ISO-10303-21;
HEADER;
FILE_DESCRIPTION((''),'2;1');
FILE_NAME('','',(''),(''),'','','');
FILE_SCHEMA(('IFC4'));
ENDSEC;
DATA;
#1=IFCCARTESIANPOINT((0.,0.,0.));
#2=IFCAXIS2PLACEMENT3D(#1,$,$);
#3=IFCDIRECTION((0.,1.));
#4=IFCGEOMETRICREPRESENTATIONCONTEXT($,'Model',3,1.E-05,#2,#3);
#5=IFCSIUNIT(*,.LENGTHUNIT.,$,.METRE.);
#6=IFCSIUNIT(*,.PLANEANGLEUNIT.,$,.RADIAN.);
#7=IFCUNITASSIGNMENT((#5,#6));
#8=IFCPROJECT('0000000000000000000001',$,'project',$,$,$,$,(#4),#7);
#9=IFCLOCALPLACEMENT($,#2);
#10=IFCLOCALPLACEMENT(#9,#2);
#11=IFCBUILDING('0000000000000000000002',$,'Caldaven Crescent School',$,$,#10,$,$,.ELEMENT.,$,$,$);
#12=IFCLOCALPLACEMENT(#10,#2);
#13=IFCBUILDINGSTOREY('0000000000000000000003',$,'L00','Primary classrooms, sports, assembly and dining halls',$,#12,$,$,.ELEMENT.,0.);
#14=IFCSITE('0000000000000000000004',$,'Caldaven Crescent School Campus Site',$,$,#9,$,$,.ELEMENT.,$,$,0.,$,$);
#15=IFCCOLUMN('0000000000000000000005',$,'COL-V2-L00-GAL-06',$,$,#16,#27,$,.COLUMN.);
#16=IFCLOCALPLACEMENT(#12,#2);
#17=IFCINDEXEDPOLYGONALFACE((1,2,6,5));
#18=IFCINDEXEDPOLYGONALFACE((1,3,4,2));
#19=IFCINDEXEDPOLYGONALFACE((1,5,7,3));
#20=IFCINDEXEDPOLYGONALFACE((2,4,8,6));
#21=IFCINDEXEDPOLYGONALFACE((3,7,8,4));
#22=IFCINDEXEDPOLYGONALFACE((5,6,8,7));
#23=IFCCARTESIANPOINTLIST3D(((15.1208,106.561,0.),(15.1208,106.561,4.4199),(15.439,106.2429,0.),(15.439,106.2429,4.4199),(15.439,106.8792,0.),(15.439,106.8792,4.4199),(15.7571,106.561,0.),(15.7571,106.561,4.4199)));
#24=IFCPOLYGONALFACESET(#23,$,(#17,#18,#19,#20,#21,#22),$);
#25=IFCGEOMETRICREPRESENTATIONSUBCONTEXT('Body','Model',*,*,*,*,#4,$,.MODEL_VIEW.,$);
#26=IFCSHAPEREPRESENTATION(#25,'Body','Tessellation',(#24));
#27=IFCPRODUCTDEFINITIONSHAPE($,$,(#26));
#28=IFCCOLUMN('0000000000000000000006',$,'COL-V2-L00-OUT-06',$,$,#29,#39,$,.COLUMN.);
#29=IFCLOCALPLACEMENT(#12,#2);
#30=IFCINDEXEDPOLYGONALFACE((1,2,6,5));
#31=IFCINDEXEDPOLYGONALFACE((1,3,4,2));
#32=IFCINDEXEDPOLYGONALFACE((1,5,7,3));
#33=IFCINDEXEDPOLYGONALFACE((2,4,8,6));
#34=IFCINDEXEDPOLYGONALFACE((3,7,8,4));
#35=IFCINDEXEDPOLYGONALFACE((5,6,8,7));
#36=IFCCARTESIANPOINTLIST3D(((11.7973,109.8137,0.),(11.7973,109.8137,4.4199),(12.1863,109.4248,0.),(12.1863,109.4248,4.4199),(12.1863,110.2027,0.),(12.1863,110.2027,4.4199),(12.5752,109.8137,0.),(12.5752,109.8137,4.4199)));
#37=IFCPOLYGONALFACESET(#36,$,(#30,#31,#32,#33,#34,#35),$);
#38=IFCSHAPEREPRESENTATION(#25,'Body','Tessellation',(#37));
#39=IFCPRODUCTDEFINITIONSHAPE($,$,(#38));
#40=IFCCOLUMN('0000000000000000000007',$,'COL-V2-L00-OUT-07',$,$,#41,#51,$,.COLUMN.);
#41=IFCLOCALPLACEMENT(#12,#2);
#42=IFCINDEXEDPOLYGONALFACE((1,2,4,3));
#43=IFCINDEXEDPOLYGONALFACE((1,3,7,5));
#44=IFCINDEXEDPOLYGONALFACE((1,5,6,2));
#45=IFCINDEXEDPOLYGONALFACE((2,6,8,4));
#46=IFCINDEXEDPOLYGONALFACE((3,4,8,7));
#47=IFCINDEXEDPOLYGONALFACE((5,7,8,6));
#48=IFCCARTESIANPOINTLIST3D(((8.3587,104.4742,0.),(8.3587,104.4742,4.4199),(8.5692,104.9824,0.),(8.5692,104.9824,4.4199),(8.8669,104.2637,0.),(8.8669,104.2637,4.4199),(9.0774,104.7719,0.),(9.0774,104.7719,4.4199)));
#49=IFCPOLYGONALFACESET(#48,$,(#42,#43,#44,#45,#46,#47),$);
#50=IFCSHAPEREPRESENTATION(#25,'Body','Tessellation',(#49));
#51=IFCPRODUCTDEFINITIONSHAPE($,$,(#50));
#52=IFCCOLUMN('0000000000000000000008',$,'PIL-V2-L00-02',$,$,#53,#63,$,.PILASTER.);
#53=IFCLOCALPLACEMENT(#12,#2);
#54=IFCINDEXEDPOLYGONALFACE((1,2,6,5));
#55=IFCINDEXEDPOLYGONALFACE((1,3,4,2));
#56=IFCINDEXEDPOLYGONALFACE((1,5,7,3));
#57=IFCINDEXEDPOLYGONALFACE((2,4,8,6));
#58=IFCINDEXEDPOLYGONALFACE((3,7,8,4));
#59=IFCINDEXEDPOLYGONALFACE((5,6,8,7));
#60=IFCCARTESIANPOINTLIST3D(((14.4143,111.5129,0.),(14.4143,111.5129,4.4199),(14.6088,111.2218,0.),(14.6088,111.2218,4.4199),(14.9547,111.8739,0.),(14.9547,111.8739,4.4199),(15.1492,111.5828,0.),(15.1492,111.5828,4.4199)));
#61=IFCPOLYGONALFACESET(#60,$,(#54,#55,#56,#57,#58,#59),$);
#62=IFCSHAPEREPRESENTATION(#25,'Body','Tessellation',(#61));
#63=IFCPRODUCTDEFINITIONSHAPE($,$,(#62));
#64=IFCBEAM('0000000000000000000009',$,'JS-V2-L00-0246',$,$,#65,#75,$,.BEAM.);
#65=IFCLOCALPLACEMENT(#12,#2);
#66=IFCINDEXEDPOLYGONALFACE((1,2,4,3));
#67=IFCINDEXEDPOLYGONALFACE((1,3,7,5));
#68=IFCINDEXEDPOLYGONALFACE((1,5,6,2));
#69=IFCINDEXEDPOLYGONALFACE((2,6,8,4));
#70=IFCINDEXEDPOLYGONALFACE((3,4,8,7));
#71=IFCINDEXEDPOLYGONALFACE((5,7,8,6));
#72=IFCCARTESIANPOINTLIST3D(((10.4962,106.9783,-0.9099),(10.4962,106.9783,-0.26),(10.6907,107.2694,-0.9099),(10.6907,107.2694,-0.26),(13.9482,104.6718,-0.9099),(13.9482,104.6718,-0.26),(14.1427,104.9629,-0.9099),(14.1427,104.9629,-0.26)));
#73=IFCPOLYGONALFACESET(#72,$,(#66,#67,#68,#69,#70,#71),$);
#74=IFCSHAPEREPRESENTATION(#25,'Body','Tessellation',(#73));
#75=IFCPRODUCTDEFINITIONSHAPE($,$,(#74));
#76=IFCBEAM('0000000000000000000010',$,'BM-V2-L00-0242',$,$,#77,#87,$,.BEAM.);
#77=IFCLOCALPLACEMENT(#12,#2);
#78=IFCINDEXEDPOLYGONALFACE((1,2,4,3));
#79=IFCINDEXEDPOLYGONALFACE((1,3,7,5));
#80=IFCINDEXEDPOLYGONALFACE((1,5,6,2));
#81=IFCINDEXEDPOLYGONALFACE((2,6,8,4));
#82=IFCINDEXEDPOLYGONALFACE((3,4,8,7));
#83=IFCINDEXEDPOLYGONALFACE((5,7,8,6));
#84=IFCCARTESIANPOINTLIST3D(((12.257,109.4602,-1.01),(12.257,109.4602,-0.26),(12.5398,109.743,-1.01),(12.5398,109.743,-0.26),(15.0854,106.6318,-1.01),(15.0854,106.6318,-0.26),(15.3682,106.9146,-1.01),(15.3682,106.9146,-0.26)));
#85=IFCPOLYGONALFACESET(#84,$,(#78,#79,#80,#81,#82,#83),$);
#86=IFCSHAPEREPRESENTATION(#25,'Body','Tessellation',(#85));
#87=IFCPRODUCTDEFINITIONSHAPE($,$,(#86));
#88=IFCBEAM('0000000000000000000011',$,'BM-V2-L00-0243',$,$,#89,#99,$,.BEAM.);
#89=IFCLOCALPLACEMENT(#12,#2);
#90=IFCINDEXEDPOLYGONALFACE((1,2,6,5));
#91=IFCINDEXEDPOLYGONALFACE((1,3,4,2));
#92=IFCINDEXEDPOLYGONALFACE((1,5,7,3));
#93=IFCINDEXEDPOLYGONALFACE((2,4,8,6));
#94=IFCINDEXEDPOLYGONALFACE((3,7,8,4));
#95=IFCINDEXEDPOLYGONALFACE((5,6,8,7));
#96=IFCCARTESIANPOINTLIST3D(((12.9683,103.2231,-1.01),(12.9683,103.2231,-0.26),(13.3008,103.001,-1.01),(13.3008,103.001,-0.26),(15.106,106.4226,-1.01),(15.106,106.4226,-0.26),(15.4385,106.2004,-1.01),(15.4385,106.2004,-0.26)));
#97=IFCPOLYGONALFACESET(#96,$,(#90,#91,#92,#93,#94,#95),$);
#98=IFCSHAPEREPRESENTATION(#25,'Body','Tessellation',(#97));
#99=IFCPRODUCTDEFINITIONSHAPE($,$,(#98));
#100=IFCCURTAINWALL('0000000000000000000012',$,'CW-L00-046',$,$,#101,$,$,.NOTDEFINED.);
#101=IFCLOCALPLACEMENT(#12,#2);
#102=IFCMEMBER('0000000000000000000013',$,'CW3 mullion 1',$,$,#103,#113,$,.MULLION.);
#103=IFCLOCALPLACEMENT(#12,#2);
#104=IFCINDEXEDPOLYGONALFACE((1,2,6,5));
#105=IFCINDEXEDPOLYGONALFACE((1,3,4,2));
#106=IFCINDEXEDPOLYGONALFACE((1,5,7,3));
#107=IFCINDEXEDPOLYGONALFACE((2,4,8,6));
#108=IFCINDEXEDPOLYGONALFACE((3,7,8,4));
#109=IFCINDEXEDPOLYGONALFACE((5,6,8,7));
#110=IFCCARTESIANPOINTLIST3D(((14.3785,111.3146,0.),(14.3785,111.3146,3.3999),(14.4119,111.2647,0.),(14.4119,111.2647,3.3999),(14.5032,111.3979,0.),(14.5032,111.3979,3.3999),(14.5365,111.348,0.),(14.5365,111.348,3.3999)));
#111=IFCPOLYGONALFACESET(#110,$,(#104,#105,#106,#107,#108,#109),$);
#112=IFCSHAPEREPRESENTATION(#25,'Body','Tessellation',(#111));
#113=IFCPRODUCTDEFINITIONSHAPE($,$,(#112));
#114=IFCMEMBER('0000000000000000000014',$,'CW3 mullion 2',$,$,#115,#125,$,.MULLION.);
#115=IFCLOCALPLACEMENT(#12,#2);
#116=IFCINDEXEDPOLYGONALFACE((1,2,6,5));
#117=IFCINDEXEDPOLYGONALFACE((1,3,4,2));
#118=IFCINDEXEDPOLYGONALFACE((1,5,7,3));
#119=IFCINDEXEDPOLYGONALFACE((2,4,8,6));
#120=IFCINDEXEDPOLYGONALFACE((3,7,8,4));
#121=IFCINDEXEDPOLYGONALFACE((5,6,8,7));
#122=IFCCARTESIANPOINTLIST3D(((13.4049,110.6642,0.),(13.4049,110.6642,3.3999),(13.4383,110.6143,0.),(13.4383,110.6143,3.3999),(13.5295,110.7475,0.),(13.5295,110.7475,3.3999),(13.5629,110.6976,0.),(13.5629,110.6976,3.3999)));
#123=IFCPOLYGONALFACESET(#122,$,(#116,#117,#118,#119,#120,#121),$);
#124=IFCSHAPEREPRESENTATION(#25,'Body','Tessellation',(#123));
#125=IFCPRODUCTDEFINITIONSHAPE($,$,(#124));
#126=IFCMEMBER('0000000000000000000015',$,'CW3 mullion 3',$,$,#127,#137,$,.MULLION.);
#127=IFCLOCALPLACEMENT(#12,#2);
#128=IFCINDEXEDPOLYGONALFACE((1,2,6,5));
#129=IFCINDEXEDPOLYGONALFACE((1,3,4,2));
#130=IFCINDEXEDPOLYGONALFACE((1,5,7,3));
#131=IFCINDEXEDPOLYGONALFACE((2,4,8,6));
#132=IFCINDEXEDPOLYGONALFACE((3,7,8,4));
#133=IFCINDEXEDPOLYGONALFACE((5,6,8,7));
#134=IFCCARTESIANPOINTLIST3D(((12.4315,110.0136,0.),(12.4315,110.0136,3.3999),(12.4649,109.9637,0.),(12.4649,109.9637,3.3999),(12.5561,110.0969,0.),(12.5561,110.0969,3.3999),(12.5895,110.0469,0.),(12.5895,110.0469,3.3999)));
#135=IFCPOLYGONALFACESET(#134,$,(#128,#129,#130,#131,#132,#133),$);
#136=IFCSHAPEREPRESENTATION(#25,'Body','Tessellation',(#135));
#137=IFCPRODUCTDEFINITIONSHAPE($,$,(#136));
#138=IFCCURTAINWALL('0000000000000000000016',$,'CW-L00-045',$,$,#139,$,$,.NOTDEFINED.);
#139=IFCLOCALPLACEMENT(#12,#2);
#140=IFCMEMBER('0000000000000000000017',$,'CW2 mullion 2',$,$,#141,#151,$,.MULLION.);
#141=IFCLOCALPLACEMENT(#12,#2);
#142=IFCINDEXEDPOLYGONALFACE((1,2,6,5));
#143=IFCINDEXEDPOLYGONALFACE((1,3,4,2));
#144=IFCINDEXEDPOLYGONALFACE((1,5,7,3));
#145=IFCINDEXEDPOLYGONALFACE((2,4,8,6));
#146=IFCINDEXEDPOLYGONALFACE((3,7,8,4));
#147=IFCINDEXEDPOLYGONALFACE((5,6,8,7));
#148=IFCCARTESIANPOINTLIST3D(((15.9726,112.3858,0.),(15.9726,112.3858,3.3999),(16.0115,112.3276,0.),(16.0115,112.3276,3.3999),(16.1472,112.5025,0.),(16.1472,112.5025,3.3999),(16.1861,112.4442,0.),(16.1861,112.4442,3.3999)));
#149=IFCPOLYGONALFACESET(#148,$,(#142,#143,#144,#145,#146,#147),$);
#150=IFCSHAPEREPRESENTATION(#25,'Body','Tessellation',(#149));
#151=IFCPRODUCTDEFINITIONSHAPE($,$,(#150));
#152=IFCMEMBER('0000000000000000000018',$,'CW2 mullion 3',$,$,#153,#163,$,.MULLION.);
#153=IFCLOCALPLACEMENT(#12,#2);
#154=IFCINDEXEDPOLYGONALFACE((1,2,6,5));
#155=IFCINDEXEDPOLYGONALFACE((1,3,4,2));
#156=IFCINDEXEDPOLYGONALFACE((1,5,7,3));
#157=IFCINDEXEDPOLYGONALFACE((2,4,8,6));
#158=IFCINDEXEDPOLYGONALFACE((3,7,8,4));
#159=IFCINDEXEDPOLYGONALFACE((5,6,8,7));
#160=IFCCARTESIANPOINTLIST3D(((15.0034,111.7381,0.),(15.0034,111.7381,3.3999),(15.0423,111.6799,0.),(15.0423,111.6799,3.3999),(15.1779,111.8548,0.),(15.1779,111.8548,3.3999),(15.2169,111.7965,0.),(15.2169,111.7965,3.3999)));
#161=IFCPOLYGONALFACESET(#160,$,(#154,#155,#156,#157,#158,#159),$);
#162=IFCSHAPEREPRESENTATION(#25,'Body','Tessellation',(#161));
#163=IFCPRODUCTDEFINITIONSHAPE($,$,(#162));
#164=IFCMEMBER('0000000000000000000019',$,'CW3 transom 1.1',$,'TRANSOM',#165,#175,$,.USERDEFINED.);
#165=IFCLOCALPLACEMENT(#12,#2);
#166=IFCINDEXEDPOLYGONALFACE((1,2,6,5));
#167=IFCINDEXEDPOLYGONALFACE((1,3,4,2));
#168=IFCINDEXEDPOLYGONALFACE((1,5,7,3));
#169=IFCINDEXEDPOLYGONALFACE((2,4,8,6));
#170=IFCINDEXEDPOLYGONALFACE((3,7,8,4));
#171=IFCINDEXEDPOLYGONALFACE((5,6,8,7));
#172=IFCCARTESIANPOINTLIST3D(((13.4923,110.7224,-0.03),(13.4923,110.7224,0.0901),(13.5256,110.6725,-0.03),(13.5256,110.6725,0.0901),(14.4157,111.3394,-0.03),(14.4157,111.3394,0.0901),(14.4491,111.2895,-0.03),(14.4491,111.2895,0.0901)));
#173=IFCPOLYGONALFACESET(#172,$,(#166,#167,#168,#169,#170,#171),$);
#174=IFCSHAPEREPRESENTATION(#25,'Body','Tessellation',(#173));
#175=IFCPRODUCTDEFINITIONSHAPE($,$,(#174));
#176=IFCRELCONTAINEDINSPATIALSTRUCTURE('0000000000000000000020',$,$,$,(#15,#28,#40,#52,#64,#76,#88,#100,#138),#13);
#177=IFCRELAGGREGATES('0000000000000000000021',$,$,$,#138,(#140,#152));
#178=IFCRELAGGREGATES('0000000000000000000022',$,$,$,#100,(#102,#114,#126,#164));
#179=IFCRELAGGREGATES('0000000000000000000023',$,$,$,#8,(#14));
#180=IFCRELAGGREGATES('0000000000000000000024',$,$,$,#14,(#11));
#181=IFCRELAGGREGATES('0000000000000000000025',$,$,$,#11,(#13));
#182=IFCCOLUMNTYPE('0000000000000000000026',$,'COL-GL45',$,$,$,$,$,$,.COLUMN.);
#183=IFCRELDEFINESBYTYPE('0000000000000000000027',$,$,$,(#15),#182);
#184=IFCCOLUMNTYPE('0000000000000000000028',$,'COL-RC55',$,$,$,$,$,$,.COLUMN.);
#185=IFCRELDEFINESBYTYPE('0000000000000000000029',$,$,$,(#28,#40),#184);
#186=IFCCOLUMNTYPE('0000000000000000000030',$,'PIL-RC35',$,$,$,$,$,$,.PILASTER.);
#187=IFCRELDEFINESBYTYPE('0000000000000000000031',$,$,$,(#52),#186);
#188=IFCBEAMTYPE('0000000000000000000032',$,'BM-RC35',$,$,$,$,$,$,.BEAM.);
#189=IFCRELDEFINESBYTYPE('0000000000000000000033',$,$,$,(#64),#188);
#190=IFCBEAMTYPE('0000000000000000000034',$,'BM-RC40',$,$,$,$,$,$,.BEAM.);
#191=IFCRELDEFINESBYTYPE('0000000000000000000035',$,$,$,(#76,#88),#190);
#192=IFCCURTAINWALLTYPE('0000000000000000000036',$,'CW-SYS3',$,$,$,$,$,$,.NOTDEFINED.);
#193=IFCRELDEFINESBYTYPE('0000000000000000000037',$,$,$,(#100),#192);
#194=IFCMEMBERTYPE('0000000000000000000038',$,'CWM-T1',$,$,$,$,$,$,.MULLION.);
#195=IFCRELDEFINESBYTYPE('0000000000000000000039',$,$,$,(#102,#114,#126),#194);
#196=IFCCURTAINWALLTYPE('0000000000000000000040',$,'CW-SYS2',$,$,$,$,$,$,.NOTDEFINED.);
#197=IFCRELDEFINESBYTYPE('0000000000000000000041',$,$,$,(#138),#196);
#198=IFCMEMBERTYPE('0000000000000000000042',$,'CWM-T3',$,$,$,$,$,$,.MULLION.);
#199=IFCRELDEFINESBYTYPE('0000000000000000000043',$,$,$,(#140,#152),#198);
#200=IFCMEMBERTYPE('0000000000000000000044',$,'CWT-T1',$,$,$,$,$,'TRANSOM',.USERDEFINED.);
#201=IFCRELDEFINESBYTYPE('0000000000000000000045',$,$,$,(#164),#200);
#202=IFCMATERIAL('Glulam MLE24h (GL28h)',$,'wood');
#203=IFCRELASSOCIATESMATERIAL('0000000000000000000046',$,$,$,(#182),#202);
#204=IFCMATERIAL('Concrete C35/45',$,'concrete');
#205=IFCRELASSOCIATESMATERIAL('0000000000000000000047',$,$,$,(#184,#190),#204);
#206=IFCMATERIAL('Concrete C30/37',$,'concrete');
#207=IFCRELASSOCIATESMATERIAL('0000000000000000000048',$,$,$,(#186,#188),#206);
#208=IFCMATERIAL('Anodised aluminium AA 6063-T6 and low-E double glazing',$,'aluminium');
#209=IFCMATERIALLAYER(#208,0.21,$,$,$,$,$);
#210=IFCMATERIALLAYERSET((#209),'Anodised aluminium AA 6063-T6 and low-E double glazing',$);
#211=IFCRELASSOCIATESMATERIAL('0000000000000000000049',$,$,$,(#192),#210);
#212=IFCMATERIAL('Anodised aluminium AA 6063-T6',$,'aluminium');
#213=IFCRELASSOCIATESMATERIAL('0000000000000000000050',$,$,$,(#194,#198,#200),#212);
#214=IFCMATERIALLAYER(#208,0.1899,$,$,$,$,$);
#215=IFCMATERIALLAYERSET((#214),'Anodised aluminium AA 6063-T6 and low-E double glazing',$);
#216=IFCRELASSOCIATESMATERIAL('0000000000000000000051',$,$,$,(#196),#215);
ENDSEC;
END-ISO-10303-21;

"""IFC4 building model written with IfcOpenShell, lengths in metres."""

from ifc_helpers import new_model, si_unit, direction, frame, origin, origin_2d, place, context, subcontext, project, spatial, rectangle, extrude, material, layer, layer_set, material_profile, profile_set, type_object, element, aggregate, save


model = new_model("IFC4")

# Units and contexts
model_context = context("Model", 3, precision=1e-05, world=origin(), true_north=direction((0.0, 1.0)))
body_context = subcontext(model_context, "Body", "Model", "MODEL_VIEW")
ifc_project = project(units=[si_unit("LENGTHUNIT", "METRE"), si_unit("PLANEANGLEUNIT", "RADIAN")], contexts=[model_context])

# Site, building, storey
site_placement = place(None, origin())
site = spatial("IfcSite", under=ifc_project, at=site_placement, Name="Caldaven Crescent School Campus Site", CompositionType="ELEMENT", RefElevation=0.0)
building_placement = place(site_placement, origin())
building = spatial("IfcBuilding", under=site, at=building_placement, Name="Caldaven Crescent School", CompositionType="ELEMENT")
storey_placement = place(building_placement, origin())
storey = spatial("IfcBuildingStorey", under=building, at=storey_placement, Name="L00", Description="Primary classrooms, sports, assembly and dining halls", CompositionType="ELEMENT", Elevation=0.0)

# Columns
ifc_material_1 = material(Name="Glulam MLE24h (GL28h)", Category="wood")
ifc_material_profile_1 = material_profile(ifc_material_1, rectangle(XDim=0.45, YDim=0.45, at=origin_2d()), Name="MLE 450x450")
ifc_profile_set_1 = profile_set([ifc_material_profile_1], Name="Glulam MLE24h (GL28h)")
column_type_1 = type_object("IfcColumnType", Name="COL-GL45", PredefinedType="COLUMN", material=ifc_profile_set_1)
column_1_placement = place(storey_placement, frame((15.439, 106.561, 0.0), z_axis=(0.0, 0.0, 1.0), x_axis=(-0.707107, 0.707107, 0.0)))
element("IfcColumn", 1, at=column_1_placement, inside=storey, type_object=column_type_1, Name="COL-V2-L00-GAL-06", PredefinedType="COLUMN", context=body_context, shape_type="SweptSolid", body=[
    extrude(rectangle(XDim=0.45, YDim=0.45, at=origin_2d()), origin(), (0.0, 0.0, 1.0), 4.4199),
])
ifc_material_2 = material(Name="Concrete C35/45", Category="concrete")
ifc_material_profile_2 = material_profile(ifc_material_2, rectangle(XDim=0.55, YDim=0.55, at=origin_2d()), Name="RC 550x550")
ifc_profile_set_2 = profile_set([ifc_material_profile_2], Name="Concrete C35/45")
column_type_2 = type_object("IfcColumnType", Name="COL-RC55", PredefinedType="COLUMN", material=ifc_profile_set_2)
for number, where, z_axis, x_axis, name in (
    (2, (12.1863, 109.8137, 0.0), (0.0, 0.0, 1.0), (-0.707107, 0.707107, 0.0), "COL-V2-L00-OUT-06"),
    (3, (8.718, 104.623, 0.0), (0.0, 0.0, 1.0), (-0.92388, 0.382683, 0.0), "COL-V2-L00-OUT-07"),
):
    element("IfcColumn", number, at=place(storey_placement, frame(where, z_axis=z_axis, x_axis=x_axis)), inside=storey, type_object=column_type_2, Name=name, PredefinedType="COLUMN", context=body_context, shape_type="SweptSolid", body=[
        extrude(rectangle(XDim=0.55, YDim=0.55, at=origin_2d()), origin(), (0.0, 0.0, 1.0), 4.4199),
    ])
ifc_material_3 = material(Name="Concrete C30/37", Category="concrete")
ifc_material_profile_3 = material_profile(ifc_material_3, rectangle(XDim=0.3501, YDim=0.6499, at=origin_2d()), Name="RC 350x650")
ifc_profile_set_3 = profile_set([ifc_material_profile_3], Name="Concrete C30/37")
column_type_3 = type_object("IfcColumnType", Name="PIL-RC35", PredefinedType="PILASTER", material=ifc_profile_set_3)
column_2_placement = place(storey_placement, frame((14.7817, 111.5479, 0.0), z_axis=(0.0, 0.0, 1.0), x_axis=(-0.55557, 0.83147, 0.0)))
element("IfcColumn", 4, at=column_2_placement, inside=storey, type_object=column_type_3, Name="PIL-V2-L00-02", PredefinedType="PILASTER", context=body_context, shape_type="SweptSolid", body=[
    extrude(rectangle(XDim=0.3501, YDim=0.6499, at=origin_2d()), origin(), (0.0, 0.0, 1.0), 4.4199),
])

# Beams
ifc_material_profile_4 = material_profile(ifc_material_3, rectangle(XDim=0.3501, YDim=0.6499, at=origin_2d()), Name="RC 350x650")
ifc_profile_set_4 = profile_set([ifc_material_profile_4], Name="Concrete C30/37")
beam_type_1 = type_object("IfcBeamType", Name="BM-RC35", PredefinedType="BEAM", material=ifc_profile_set_4)
beam_1_placement = place(storey_placement, frame((14.0454, 104.8174, -0.585), z_axis=(-0.83148, 0.555555, 0.0), x_axis=(-0.555555, -0.83148, 0.0)))
element("IfcBeam", 5, at=beam_1_placement, inside=storey, type_object=beam_type_1, Name="JS-V2-L00-0246", PredefinedType="BEAM", context=body_context, shape_type="SweptSolid", body=[
    extrude(rectangle(XDim=0.3501, YDim=0.6499, at=origin_2d()), origin(), (0.0, 0.0, 1.0), 4.1516),
])
ifc_material_profile_5 = material_profile(ifc_material_2, rectangle(XDim=0.3999, YDim=0.75, at=origin_2d()), Name="RC 400x750")
ifc_profile_set_5 = profile_set([ifc_material_profile_5], Name="Concrete C35/45")
beam_type_2 = type_object("IfcBeamType", Name="BM-RC40", PredefinedType="BEAM", material=ifc_profile_set_5)
beam_2_placement = place(storey_placement, frame((15.2268, 106.7732, -0.635), z_axis=(-0.707107, 0.707107, 0.0), x_axis=(-0.707107, -0.707107, 0.0)))
element("IfcBeam", 6, at=beam_2_placement, inside=storey, type_object=beam_type_2, Name="BM-V2-L00-0242", PredefinedType="BEAM", context=body_context, shape_type="SweptSolid", body=[
    extrude(rectangle(XDim=0.3999, YDim=0.75, at=origin_2d()), origin(), (0.0, 0.0, 1.0), 4.0),
])
beam_3_placement = place(storey_placement, frame((15.2722, 106.3115, -0.635), z_axis=(-0.555549, -0.831484, 0.0), x_axis=(0.831484, -0.555549, 0.0)))
element("IfcBeam", 7, at=beam_3_placement, inside=storey, type_object=beam_type_2, Name="BM-V2-L00-0243", PredefinedType="BEAM", context=body_context, shape_type="SweptSolid", body=[
    extrude(rectangle(XDim=0.3999, YDim=0.75, at=origin_2d()), origin(), (0.0, 0.0, 1.0), 3.8479),
])

# Curtain walls, members
ifc_material_4 = material(Name="Anodised aluminium AA 6063-T6 and low-E double glazing", Category="aluminium")
ifc_layer_1 = layer(ifc_material_4, 0.21)
ifc_layer_set_1 = layer_set([ifc_layer_1], Name="Anodised aluminium AA 6063-T6 and low-E double glazing")
curtain_wall_type_1 = type_object("IfcCurtainWallType", Name="CW-SYS3", PredefinedType="NOTDEFINED", material=ifc_layer_set_1)
curtain_wall_1_placement = place(storey_placement, origin())
curtain_wall_1 = element("IfcCurtainWall", 8, at=curtain_wall_1_placement, inside=storey, type_object=curtain_wall_type_1, Name="CW-L00-046", PredefinedType="NOTDEFINED")
ifc_material_5 = material(Name="Anodised aluminium AA 6063-T6", Category="aluminium")
ifc_material_profile_6 = material_profile(ifc_material_5, rectangle(XDim=0.0601, YDim=0.1499, at=origin_2d()), Name="CWM 60x150")
ifc_profile_set_6 = profile_set([ifc_material_profile_6], Name="Anodised aluminium AA 6063-T6")
member_type_1 = type_object("IfcMemberType", Name="CWM-T1", PredefinedType="MULLION", material=ifc_profile_set_6)
member_1_placement = place(storey_placement, frame((14.4575, 111.3313, 0.0), z_axis=(0.0, 0.0, 1.0), x_axis=(0.555572, -0.831468, 0.0)))
member_1 = element("IfcMember", 9, at=member_1_placement, type_object=member_type_1, Name="CW3 mullion 1", PredefinedType="MULLION", context=body_context, shape_type="SweptSolid", body=[
    extrude(rectangle(XDim=0.0601, YDim=0.1499, at=origin_2d()), origin(), (0.0, 0.0, 1.0), 3.3999),
])
member_2_placement = place(storey_placement, frame((13.4839, 110.6809, 0.0), z_axis=(0.0, 0.0, 1.0), x_axis=(0.555572, -0.831468, 0.0)))
member_2 = element("IfcMember", 10, at=member_2_placement, type_object=member_type_1, Name="CW3 mullion 2", PredefinedType="MULLION", context=body_context, shape_type="SweptSolid", body=[
    extrude(rectangle(XDim=0.0601, YDim=0.1499, at=origin_2d()), origin(), (0.0, 0.0, 1.0), 3.3999),
])
member_3_placement = place(storey_placement, frame((12.5105, 110.0303, 0.0), z_axis=(0.0, 0.0, 1.0), x_axis=(0.555572, -0.831468, 0.0)))
member_3 = element("IfcMember", 11, at=member_3_placement, type_object=member_type_1, Name="CW3 mullion 3", PredefinedType="MULLION", context=body_context, shape_type="SweptSolid", body=[
    extrude(rectangle(XDim=0.0601, YDim=0.1499, at=origin_2d()), origin(), (0.0, 0.0, 1.0), 3.3999),
])
ifc_layer_2 = layer(ifc_material_4, 0.1899)
ifc_layer_set_2 = layer_set([ifc_layer_2], Name="Anodised aluminium AA 6063-T6 and low-E double glazing")
curtain_wall_type_2 = type_object("IfcCurtainWallType", Name="CW-SYS2", PredefinedType="NOTDEFINED", material=ifc_layer_set_2)
curtain_wall_2_placement = place(storey_placement, origin())
curtain_wall_2 = element("IfcCurtainWall", 12, at=curtain_wall_2_placement, inside=storey, type_object=curtain_wall_type_2, Name="CW-L00-045", PredefinedType="NOTDEFINED")
ifc_material_profile_7 = material_profile(ifc_material_5, rectangle(XDim=0.0701, YDim=0.21, at=origin_2d()), Name="CWM 70x210")
ifc_profile_set_7 = profile_set([ifc_material_profile_7], Name="Anodised aluminium AA 6063-T6")
member_type_2 = type_object("IfcMemberType", Name="CWM-T3", PredefinedType="MULLION", material=ifc_profile_set_7)
member_4_placement = place(storey_placement, frame((16.0793, 112.415, 0.0), z_axis=(0.0, 0.0, 1.0), x_axis=(0.55557, -0.83147, 0.0)))
member_4 = element("IfcMember", 13, at=member_4_placement, type_object=member_type_2, Name="CW2 mullion 2", PredefinedType="MULLION", context=body_context, shape_type="SweptSolid", body=[
    extrude(rectangle(XDim=0.0701, YDim=0.21, at=origin_2d()), origin(), (0.0, 0.0, 1.0), 3.3999),
])
member_5_placement = place(storey_placement, frame((15.1101, 111.7673, 0.0), z_axis=(0.0, 0.0, 1.0), x_axis=(0.55557, -0.83147, 0.0)))
member_5 = element("IfcMember", 14, at=member_5_placement, type_object=member_type_2, Name="CW2 mullion 3", PredefinedType="MULLION", context=body_context, shape_type="SweptSolid", body=[
    extrude(rectangle(XDim=0.0701, YDim=0.21, at=origin_2d()), origin(), (0.0, 0.0, 1.0), 3.3999),
])

# Member
ifc_material_profile_8 = material_profile(ifc_material_5, rectangle(XDim=0.0601, YDim=0.1201, at=origin_2d()), Name="CWT 60x120")
ifc_profile_set_8 = profile_set([ifc_material_profile_8], Name="Anodised aluminium AA 6063-T6")
member_type_3 = type_object("IfcMemberType", Name="CWT-T1", ElementType="TRANSOM", PredefinedType="USERDEFINED", material=ifc_profile_set_8)
member_6_placement = place(storey_placement, frame((14.4324, 111.3145, 0.03), z_axis=(-0.831475, -0.555562, 0.0), x_axis=(0.555562, -0.831475, 0.0)))
member_6 = element("IfcMember", 15, at=member_6_placement, type_object=member_type_3, Name="CW3 transom 1.1", ObjectType="TRANSOM", PredefinedType="USERDEFINED", context=body_context, shape_type="SweptSolid", body=[
    extrude(rectangle(XDim=0.0601, YDim=0.1201, at=origin_2d()), origin(), (0.0, 0.0, 1.0), 1.1106),
])

aggregate(curtain_wall_2, [member_4, member_5])
aggregate(curtain_wall_1, [member_1, member_2, member_3, member_6])

save(model, "model.ifc")
